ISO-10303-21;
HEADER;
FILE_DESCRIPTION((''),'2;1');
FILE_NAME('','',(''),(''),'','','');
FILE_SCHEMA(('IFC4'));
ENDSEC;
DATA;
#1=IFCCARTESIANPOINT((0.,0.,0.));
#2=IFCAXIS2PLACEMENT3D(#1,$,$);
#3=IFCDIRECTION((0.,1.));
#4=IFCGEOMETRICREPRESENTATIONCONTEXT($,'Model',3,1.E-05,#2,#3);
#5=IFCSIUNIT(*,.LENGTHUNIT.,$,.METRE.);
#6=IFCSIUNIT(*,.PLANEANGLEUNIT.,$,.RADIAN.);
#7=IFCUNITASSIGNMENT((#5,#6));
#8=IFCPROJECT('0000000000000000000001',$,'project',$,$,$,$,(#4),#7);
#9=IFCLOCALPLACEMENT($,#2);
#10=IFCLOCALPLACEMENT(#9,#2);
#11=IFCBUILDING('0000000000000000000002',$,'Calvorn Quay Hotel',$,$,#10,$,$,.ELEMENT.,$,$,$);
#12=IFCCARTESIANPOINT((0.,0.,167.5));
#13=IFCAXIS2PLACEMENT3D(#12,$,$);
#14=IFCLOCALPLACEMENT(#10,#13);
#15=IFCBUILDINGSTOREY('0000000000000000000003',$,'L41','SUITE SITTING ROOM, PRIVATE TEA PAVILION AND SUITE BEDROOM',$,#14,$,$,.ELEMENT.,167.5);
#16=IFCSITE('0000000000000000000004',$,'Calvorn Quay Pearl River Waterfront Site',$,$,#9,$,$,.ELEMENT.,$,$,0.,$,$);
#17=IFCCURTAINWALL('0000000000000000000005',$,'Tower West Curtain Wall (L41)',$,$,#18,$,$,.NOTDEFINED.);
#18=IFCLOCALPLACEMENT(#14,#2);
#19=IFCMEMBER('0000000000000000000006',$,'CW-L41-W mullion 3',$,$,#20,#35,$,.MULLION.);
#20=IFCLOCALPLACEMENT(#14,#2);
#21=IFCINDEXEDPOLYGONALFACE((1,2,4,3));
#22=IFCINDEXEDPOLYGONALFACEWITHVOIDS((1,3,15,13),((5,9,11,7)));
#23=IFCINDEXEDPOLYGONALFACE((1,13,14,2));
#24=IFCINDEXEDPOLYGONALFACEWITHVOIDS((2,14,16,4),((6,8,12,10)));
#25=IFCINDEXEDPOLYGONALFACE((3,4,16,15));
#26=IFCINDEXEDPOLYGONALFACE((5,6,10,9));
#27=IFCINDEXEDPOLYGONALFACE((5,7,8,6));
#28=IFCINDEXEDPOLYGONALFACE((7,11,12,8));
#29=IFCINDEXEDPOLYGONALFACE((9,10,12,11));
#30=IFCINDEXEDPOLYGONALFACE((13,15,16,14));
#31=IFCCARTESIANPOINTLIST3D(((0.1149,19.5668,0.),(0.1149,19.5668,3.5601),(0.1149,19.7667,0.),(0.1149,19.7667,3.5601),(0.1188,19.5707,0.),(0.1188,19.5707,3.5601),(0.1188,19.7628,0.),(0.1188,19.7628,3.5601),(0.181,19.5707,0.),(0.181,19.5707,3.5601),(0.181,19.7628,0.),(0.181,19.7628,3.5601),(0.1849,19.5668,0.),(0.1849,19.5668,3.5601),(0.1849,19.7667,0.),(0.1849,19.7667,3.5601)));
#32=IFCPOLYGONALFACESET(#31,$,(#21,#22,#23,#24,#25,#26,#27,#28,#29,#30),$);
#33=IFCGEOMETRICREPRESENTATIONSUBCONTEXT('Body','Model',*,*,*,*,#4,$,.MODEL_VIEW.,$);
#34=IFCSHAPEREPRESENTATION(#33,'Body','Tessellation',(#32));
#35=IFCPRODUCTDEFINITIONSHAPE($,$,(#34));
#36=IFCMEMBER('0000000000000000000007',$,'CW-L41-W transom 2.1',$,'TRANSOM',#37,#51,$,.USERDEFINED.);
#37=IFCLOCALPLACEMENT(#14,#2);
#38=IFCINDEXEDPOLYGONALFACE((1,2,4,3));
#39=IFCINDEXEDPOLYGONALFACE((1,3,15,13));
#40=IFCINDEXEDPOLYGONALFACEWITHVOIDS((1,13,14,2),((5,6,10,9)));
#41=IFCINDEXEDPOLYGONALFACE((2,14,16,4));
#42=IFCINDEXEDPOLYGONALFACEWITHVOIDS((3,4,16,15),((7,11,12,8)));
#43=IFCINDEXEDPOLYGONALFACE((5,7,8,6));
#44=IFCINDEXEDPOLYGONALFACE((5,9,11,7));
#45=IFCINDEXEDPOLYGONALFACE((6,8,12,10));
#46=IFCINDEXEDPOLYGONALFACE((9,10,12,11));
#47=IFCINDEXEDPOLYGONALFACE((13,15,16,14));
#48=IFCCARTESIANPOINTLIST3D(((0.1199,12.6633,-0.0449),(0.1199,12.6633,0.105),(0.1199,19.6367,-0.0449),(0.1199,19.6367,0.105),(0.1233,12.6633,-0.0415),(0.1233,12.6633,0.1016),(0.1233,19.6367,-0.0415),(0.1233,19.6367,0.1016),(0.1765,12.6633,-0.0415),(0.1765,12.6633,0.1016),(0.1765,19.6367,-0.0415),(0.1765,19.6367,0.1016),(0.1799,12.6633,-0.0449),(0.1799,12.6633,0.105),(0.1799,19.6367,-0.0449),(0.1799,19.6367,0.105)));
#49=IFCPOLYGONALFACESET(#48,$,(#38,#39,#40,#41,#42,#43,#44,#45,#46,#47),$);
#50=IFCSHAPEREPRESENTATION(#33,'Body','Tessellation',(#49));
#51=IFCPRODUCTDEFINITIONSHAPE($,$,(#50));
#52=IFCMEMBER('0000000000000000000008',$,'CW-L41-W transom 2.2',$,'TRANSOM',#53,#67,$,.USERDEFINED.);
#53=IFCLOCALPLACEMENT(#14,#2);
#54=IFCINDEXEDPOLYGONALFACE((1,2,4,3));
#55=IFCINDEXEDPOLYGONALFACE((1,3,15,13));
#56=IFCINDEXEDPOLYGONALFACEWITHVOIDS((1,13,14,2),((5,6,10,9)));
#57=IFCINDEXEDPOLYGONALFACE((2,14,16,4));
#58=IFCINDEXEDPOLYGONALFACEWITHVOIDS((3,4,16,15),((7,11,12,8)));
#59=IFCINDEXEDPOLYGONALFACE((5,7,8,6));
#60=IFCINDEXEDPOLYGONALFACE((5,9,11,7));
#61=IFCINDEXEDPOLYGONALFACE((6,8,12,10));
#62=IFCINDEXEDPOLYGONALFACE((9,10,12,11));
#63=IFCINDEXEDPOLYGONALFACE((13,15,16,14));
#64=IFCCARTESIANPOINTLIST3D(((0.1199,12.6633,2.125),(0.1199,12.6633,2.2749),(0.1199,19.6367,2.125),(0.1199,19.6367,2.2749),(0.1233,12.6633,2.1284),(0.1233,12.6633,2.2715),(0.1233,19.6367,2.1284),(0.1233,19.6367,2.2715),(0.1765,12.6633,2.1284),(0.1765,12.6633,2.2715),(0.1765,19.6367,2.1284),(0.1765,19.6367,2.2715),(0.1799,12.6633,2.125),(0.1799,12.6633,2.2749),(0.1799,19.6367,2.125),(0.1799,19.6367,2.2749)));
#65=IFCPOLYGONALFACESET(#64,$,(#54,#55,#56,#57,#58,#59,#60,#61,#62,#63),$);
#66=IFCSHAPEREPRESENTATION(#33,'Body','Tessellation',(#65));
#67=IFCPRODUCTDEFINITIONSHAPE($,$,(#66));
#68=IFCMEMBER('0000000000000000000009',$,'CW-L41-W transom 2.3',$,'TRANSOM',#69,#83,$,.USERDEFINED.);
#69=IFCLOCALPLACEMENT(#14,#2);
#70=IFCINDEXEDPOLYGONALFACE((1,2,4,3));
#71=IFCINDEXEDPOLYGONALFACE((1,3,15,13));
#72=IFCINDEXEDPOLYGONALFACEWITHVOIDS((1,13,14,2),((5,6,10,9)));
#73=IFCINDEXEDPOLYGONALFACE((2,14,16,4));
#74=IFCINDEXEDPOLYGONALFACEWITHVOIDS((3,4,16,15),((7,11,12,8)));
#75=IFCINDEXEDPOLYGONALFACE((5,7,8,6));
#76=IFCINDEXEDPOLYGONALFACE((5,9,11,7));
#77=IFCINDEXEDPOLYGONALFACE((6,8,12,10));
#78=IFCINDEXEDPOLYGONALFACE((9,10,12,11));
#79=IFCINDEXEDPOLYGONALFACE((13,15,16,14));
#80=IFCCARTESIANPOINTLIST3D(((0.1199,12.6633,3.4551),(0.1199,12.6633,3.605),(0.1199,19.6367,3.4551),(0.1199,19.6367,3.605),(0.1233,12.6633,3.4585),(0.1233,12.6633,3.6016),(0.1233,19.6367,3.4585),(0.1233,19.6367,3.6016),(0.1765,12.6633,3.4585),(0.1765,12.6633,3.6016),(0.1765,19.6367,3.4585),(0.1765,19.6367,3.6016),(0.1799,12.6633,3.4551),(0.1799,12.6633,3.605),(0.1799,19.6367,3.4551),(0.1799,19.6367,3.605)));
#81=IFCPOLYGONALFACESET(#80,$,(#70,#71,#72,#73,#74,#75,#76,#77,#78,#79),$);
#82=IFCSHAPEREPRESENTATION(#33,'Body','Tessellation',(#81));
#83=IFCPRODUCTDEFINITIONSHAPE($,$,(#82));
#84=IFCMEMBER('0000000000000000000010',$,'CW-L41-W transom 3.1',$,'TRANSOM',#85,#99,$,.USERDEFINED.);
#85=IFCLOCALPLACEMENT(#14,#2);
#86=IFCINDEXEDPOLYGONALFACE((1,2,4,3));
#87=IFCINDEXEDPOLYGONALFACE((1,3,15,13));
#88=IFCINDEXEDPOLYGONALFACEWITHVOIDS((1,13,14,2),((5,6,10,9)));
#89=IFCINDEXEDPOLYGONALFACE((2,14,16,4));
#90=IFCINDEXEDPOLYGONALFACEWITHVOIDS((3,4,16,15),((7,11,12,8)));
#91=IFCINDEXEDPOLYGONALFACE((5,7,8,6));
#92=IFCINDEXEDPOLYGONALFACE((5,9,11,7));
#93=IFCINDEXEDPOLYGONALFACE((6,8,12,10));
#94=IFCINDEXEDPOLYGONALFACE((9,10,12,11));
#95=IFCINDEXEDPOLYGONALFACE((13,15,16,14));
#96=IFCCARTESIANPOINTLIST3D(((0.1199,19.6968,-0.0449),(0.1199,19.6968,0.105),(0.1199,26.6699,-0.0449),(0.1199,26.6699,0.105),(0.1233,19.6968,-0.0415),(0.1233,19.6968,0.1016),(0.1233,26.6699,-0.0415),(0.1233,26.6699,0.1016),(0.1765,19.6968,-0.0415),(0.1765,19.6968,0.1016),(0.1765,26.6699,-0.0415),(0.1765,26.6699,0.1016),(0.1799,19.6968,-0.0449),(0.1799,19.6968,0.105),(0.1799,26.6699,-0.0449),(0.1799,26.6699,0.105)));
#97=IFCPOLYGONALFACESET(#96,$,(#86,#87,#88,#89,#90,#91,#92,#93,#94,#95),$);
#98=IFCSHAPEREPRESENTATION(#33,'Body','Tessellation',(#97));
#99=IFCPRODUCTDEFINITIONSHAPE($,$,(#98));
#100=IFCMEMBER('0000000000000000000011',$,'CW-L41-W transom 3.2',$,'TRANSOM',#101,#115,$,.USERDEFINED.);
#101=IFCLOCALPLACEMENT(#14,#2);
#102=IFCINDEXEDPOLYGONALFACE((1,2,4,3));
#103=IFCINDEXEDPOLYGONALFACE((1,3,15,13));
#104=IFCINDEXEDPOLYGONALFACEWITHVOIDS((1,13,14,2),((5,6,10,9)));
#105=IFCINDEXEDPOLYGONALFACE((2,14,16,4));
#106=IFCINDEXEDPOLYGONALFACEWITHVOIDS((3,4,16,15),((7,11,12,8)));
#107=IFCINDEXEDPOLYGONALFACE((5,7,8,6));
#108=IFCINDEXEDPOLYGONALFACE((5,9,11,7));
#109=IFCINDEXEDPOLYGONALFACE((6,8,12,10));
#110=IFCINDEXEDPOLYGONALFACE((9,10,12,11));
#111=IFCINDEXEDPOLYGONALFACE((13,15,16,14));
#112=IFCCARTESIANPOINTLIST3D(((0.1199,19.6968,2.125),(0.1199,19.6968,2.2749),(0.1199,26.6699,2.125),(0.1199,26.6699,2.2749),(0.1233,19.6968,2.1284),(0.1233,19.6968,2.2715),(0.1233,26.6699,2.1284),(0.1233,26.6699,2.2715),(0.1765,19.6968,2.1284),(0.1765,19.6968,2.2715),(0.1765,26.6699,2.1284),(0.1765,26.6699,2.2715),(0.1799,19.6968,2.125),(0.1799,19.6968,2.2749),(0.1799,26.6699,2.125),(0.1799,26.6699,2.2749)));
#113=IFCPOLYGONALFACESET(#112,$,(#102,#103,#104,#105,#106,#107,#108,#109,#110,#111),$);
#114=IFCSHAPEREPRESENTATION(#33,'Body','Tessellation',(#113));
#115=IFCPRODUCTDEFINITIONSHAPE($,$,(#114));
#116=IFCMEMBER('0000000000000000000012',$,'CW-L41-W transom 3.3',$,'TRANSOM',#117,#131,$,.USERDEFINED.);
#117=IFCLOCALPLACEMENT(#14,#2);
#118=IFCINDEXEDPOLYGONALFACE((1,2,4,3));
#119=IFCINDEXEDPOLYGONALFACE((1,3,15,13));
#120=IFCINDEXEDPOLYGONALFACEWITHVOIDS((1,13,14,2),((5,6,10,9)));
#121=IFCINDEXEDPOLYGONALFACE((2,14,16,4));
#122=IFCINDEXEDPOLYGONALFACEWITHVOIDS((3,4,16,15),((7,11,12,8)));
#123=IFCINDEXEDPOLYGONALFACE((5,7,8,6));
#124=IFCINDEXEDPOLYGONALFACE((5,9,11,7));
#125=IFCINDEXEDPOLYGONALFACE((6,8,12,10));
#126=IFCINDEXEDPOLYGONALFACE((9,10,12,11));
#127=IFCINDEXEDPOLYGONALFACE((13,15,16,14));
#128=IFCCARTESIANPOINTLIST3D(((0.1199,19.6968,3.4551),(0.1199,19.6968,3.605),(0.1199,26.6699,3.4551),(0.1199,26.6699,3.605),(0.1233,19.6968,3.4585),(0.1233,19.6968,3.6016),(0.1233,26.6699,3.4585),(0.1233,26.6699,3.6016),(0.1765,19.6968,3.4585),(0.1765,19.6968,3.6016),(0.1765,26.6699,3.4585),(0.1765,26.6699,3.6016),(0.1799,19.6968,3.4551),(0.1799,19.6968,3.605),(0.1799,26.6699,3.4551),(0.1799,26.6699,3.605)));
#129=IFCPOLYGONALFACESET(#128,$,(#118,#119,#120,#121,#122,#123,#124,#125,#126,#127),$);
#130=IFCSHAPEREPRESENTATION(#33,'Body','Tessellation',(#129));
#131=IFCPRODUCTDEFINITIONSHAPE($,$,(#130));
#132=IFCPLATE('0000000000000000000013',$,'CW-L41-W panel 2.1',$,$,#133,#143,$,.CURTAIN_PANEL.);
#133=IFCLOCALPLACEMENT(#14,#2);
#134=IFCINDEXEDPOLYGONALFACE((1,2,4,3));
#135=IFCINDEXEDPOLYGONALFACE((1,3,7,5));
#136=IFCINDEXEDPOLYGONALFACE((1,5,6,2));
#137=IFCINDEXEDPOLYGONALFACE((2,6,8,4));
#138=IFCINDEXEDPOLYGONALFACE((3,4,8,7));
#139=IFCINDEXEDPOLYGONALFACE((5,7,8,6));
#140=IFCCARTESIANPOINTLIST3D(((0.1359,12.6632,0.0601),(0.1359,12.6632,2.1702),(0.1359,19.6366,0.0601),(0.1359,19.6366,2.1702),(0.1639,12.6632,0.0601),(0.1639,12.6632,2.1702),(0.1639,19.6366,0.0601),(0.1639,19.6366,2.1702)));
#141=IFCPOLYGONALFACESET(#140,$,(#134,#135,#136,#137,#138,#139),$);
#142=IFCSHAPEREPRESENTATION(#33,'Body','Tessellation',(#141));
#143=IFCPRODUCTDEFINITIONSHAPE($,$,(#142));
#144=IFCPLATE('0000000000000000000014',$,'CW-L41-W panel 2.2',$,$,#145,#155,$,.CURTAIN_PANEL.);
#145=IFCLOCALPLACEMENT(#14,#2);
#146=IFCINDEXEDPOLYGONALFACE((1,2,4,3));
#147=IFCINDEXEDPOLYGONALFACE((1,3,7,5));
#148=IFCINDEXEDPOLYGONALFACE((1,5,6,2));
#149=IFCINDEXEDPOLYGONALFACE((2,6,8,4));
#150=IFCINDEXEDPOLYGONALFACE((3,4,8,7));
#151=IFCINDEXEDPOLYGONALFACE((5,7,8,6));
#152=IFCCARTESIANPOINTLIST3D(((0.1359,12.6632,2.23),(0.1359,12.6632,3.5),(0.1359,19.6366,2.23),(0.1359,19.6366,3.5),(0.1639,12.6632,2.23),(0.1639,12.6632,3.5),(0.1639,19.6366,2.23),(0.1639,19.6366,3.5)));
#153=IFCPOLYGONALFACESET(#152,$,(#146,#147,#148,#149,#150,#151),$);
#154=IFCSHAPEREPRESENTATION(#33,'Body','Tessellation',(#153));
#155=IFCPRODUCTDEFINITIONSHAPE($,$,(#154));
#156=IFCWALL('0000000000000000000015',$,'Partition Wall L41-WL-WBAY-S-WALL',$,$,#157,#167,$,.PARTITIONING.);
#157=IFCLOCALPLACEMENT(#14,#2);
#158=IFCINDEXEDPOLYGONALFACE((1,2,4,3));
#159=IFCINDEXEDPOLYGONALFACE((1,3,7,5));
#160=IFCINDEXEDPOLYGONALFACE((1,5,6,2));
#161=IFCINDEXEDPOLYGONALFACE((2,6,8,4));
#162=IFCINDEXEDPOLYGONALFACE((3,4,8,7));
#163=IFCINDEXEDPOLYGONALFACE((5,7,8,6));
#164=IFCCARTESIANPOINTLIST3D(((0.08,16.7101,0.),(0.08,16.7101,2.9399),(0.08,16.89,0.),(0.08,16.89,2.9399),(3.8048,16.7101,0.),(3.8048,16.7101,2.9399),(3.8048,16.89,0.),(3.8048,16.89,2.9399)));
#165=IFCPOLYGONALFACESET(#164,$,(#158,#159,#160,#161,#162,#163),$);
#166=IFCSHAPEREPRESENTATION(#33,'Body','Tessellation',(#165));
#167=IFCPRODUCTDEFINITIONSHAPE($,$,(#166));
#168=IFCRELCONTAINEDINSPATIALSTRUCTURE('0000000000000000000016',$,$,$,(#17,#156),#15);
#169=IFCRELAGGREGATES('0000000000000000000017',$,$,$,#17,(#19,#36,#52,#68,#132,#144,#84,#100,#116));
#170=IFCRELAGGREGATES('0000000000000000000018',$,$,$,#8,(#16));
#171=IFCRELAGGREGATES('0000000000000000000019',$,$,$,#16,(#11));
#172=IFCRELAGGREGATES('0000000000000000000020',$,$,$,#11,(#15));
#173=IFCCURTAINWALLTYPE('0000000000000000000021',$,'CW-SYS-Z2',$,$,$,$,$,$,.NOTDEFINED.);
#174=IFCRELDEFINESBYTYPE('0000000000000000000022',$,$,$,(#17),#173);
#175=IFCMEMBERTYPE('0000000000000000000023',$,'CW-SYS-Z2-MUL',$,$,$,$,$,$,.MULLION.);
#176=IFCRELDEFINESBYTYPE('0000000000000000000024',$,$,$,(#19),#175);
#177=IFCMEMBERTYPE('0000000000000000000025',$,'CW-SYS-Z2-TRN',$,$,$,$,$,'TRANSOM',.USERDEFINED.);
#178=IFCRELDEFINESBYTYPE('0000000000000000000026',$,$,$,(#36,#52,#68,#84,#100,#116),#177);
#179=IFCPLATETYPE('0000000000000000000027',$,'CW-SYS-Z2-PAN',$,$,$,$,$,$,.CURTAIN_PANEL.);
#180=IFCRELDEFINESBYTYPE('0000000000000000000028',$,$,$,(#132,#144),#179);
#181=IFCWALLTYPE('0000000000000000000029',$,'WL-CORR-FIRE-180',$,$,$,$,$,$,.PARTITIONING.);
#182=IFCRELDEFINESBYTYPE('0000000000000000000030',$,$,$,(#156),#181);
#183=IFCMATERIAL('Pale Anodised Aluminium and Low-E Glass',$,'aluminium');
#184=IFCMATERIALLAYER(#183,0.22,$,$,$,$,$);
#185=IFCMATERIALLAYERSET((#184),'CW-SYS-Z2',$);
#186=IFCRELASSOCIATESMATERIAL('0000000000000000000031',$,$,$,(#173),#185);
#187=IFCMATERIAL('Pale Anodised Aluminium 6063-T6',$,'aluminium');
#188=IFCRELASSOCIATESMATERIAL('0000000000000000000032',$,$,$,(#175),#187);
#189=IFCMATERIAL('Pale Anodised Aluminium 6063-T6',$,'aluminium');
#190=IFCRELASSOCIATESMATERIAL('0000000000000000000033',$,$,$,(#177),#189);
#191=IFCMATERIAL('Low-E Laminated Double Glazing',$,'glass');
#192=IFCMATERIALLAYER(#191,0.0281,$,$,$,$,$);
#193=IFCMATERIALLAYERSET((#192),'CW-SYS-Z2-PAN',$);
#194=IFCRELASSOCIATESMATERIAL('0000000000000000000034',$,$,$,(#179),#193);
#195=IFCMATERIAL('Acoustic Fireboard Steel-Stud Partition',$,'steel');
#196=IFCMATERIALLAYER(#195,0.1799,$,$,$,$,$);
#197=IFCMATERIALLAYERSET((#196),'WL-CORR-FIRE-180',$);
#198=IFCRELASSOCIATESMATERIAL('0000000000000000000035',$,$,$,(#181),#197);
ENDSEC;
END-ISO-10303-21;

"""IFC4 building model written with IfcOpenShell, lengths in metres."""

from ifc_helpers import new_model, si_unit, direction, frame, frame_2d, origin, origin_2d, place, context, subcontext, project, spatial, rectangle, hollow_rectangle, extrude, material, layer, layer_set, material_profile, profile_set, type_object, element, aggregate, save


model = new_model("IFC4")

# Units and contexts
model_context = context("Model", 3, precision=1e-05, world=origin(), true_north=direction((0.0, 1.0)))
body_context = subcontext(model_context, "Body", "Model", "MODEL_VIEW")
ifc_project = project(units=[si_unit("LENGTHUNIT", "METRE"), si_unit("PLANEANGLEUNIT", "RADIAN")], contexts=[model_context])

# Site, building, storey
site_placement = place(None, origin())
site = spatial("IfcSite", under=ifc_project, at=site_placement, Name="Calvorn Quay Pearl River Waterfront Site", CompositionType="ELEMENT", RefElevation=0.0)
building_placement = place(site_placement, origin())
building = spatial("IfcBuilding", under=site, at=building_placement, Name="Calvorn Quay Hotel", CompositionType="ELEMENT")
storey_placement = place(building_placement, frame((0.0, 0.0, 167.5)))
storey = spatial("IfcBuildingStorey", under=building, at=storey_placement, Name="L41", Description="SUITE SITTING ROOM, PRIVATE TEA PAVILION AND SUITE BEDROOM", CompositionType="ELEMENT", Elevation=167.5)

# Curtain wall, members, plates
ifc_material_1 = material(Name="Pale Anodised Aluminium and Low-E Glass", Category="aluminium")
ifc_layer_1 = layer(ifc_material_1, 0.22)
ifc_layer_set_1 = layer_set([ifc_layer_1], Name="CW-SYS-Z2")
curtain_wall_type = type_object("IfcCurtainWallType", Name="CW-SYS-Z2", PredefinedType="NOTDEFINED", material=ifc_layer_set_1)
curtain_wall_placement = place(storey_placement, origin())
curtain_wall = element("IfcCurtainWall", 1, at=curtain_wall_placement, inside=storey, type_object=curtain_wall_type, Name="Tower West Curtain Wall (L41)", PredefinedType="NOTDEFINED")
ifc_material_2 = material(Name="Pale Anodised Aluminium 6063-T6", Category="aluminium")
ifc_material_profile_1 = material_profile(ifc_material_2, hollow_rectangle(XDim=0.0701, YDim=0.2, WallThickness=0.0039, at=origin_2d()), Name="ALU-M200x70x4")
ifc_profile_set_1 = profile_set([ifc_material_profile_1], Name="Pale Anodised Aluminium 6063-T6")
member_type_1 = type_object("IfcMemberType", Name="CW-SYS-Z2-MUL", PredefinedType="MULLION", material=ifc_profile_set_1)
member_1_placement = place(storey_placement, frame((0.1499, 19.6667, 0.0), z_axis=(0.0, 0.0, 1.0), x_axis=(-1.0, 0.0, 0.0)))
member_1 = element("IfcMember", 2, at=member_1_placement, type_object=member_type_1, Name="CW-L41-W mullion 3", PredefinedType="MULLION", context=body_context, shape_type="SweptSolid", body=[
    extrude(hollow_rectangle(XDim=0.0701, YDim=0.2, WallThickness=0.0039, at=origin_2d()), origin(), (0.0, 0.0, 1.0), 3.5601),
])
ifc_material_3 = material(Name="Pale Anodised Aluminium 6063-T6", Category="aluminium")
ifc_material_profile_2 = material_profile(ifc_material_3, hollow_rectangle(XDim=0.0601, YDim=0.1499, WallThickness=0.0034, at=origin_2d()), Name="ALU-T150x60x3.5")
ifc_profile_set_2 = profile_set([ifc_material_profile_2], Name="Pale Anodised Aluminium 6063-T6")
member_type_2 = type_object("IfcMemberType", Name="CW-SYS-Z2-TRN", ElementType="TRANSOM", PredefinedType="USERDEFINED", material=ifc_profile_set_2)
member_2_placement = place(storey_placement, frame((0.1499, 12.6633, 0.03), z_axis=(0.0, 1.0, 0.0), x_axis=(-1.0, 0.0, 0.0)))
member_2 = element("IfcMember", 3, at=member_2_placement, type_object=member_type_2, Name="CW-L41-W transom 2.1", ObjectType="TRANSOM", PredefinedType="USERDEFINED", context=body_context, shape_type="SweptSolid", body=[
    extrude(hollow_rectangle(XDim=0.0601, YDim=0.1499, WallThickness=0.0034, at=origin_2d()), origin(), (0.0, 0.0, 1.0), 6.9734),
])
member_3_placement = place(storey_placement, frame((0.1499, 12.6633, 2.2), z_axis=(0.0, 1.0, 0.0), x_axis=(-1.0, 0.0, 0.0)))
member_3 = element("IfcMember", 4, at=member_3_placement, type_object=member_type_2, Name="CW-L41-W transom 2.2", ObjectType="TRANSOM", PredefinedType="USERDEFINED", context=body_context, shape_type="SweptSolid", body=[
    extrude(hollow_rectangle(XDim=0.0601, YDim=0.1499, WallThickness=0.0034, at=origin_2d()), origin(), (0.0, 0.0, 1.0), 6.9734),
])
member_4_placement = place(storey_placement, frame((0.1499, 12.6633, 3.53), z_axis=(0.0, 1.0, 0.0), x_axis=(-1.0, 0.0, 0.0)))
member_4 = element("IfcMember", 5, at=member_4_placement, type_object=member_type_2, Name="CW-L41-W transom 2.3", ObjectType="TRANSOM", PredefinedType="USERDEFINED", context=body_context, shape_type="SweptSolid", body=[
    extrude(hollow_rectangle(XDim=0.0601, YDim=0.1499, WallThickness=0.0034, at=origin_2d()), origin(), (0.0, 0.0, 1.0), 6.9734),
])
member_5_placement = place(storey_placement, frame((0.1499, 19.6968, 0.03), z_axis=(0.0, 1.0, 0.0), x_axis=(-1.0, 0.0, 0.0)))
member_5 = element("IfcMember", 6, at=member_5_placement, type_object=member_type_2, Name="CW-L41-W transom 3.1", ObjectType="TRANSOM", PredefinedType="USERDEFINED", context=body_context, shape_type="SweptSolid", body=[
    extrude(hollow_rectangle(XDim=0.0601, YDim=0.1499, WallThickness=0.0034, at=origin_2d()), origin(), (0.0, 0.0, 1.0), 6.9731),
])
member_6_placement = place(storey_placement, frame((0.1499, 19.6968, 2.2), z_axis=(0.0, 1.0, 0.0), x_axis=(-1.0, 0.0, 0.0)))
member_6 = element("IfcMember", 7, at=member_6_placement, type_object=member_type_2, Name="CW-L41-W transom 3.2", ObjectType="TRANSOM", PredefinedType="USERDEFINED", context=body_context, shape_type="SweptSolid", body=[
    extrude(hollow_rectangle(XDim=0.0601, YDim=0.1499, WallThickness=0.0034, at=origin_2d()), origin(), (0.0, 0.0, 1.0), 6.9731),
])
member_7_placement = place(storey_placement, frame((0.1499, 19.6968, 3.53), z_axis=(0.0, 1.0, 0.0), x_axis=(-1.0, 0.0, 0.0)))
member_7 = element("IfcMember", 8, at=member_7_placement, type_object=member_type_2, Name="CW-L41-W transom 3.3", ObjectType="TRANSOM", PredefinedType="USERDEFINED", context=body_context, shape_type="SweptSolid", body=[
    extrude(hollow_rectangle(XDim=0.0601, YDim=0.1499, WallThickness=0.0034, at=origin_2d()), origin(), (0.0, 0.0, 1.0), 6.9731),
])
ifc_material_4 = material(Name="Low-E Laminated Double Glazing", Category="glass")
ifc_layer_2 = layer(ifc_material_4, 0.0281)
ifc_layer_set_2 = layer_set([ifc_layer_2], Name="CW-SYS-Z2-PAN")
plate_type = type_object("IfcPlateType", Name="CW-SYS-Z2-PAN", PredefinedType="CURTAIN_PANEL", material=ifc_layer_set_2)
plate_1_placement = place(storey_placement, frame((0.1499, 16.1499, 0.0601), z_axis=(0.0, 0.0, 1.0), x_axis=(0.0, 1.0, 0.0)))
plate_1 = element("IfcPlate", 9, at=plate_1_placement, type_object=plate_type, Name="CW-L41-W panel 2.1", PredefinedType="CURTAIN_PANEL", context=body_context, shape_type="SweptSolid", body=[
    extrude(rectangle(XDim=6.9734, YDim=0.0281, at=origin_2d()), origin(), (0.0, 0.0, 1.0), 2.1101),
])
plate_2_placement = place(storey_placement, frame((0.1499, 16.1499, 2.23), z_axis=(0.0, 0.0, 1.0), x_axis=(0.0, 1.0, 0.0)))
plate_2 = element("IfcPlate", 10, at=plate_2_placement, type_object=plate_type, Name="CW-L41-W panel 2.2", PredefinedType="CURTAIN_PANEL", context=body_context, shape_type="SweptSolid", body=[
    extrude(rectangle(XDim=6.9734, YDim=0.0281, at=origin_2d()), origin(), (0.0, 0.0, 1.0), 1.27),
])
aggregate(curtain_wall, [member_1, member_2, member_3, member_4, plate_1, plate_2, member_5, member_6, member_7])

# Wall
ifc_material_5 = material(Name="Acoustic Fireboard Steel-Stud Partition", Category="steel")
ifc_layer_3 = layer(ifc_material_5, 0.1799)
ifc_layer_set_3 = layer_set([ifc_layer_3], Name="WL-CORR-FIRE-180")
wall_type_1 = type_object("IfcWallType", Name="WL-CORR-FIRE-180", PredefinedType="PARTITIONING", material=ifc_layer_set_3)
wall_1_placement = place(storey_placement, frame((0.0801, 16.8, 0.0), z_axis=(0.0, 0.0, 1.0), x_axis=(1.0, 0.0, 0.0)))
element("IfcWall", 11, at=wall_1_placement, inside=storey, type_object=wall_type_1, Name="Partition Wall L41-WL-WBAY-S-WALL", PredefinedType="PARTITIONING", context=body_context, shape_type="SweptSolid", body=[
    extrude(rectangle(XDim=3.7249, YDim=0.1799, at=frame_2d((1.8623, 0.0))), origin(), (0.0, 0.0, 1.0), 2.9399),
])

save(model, "model.ifc")
